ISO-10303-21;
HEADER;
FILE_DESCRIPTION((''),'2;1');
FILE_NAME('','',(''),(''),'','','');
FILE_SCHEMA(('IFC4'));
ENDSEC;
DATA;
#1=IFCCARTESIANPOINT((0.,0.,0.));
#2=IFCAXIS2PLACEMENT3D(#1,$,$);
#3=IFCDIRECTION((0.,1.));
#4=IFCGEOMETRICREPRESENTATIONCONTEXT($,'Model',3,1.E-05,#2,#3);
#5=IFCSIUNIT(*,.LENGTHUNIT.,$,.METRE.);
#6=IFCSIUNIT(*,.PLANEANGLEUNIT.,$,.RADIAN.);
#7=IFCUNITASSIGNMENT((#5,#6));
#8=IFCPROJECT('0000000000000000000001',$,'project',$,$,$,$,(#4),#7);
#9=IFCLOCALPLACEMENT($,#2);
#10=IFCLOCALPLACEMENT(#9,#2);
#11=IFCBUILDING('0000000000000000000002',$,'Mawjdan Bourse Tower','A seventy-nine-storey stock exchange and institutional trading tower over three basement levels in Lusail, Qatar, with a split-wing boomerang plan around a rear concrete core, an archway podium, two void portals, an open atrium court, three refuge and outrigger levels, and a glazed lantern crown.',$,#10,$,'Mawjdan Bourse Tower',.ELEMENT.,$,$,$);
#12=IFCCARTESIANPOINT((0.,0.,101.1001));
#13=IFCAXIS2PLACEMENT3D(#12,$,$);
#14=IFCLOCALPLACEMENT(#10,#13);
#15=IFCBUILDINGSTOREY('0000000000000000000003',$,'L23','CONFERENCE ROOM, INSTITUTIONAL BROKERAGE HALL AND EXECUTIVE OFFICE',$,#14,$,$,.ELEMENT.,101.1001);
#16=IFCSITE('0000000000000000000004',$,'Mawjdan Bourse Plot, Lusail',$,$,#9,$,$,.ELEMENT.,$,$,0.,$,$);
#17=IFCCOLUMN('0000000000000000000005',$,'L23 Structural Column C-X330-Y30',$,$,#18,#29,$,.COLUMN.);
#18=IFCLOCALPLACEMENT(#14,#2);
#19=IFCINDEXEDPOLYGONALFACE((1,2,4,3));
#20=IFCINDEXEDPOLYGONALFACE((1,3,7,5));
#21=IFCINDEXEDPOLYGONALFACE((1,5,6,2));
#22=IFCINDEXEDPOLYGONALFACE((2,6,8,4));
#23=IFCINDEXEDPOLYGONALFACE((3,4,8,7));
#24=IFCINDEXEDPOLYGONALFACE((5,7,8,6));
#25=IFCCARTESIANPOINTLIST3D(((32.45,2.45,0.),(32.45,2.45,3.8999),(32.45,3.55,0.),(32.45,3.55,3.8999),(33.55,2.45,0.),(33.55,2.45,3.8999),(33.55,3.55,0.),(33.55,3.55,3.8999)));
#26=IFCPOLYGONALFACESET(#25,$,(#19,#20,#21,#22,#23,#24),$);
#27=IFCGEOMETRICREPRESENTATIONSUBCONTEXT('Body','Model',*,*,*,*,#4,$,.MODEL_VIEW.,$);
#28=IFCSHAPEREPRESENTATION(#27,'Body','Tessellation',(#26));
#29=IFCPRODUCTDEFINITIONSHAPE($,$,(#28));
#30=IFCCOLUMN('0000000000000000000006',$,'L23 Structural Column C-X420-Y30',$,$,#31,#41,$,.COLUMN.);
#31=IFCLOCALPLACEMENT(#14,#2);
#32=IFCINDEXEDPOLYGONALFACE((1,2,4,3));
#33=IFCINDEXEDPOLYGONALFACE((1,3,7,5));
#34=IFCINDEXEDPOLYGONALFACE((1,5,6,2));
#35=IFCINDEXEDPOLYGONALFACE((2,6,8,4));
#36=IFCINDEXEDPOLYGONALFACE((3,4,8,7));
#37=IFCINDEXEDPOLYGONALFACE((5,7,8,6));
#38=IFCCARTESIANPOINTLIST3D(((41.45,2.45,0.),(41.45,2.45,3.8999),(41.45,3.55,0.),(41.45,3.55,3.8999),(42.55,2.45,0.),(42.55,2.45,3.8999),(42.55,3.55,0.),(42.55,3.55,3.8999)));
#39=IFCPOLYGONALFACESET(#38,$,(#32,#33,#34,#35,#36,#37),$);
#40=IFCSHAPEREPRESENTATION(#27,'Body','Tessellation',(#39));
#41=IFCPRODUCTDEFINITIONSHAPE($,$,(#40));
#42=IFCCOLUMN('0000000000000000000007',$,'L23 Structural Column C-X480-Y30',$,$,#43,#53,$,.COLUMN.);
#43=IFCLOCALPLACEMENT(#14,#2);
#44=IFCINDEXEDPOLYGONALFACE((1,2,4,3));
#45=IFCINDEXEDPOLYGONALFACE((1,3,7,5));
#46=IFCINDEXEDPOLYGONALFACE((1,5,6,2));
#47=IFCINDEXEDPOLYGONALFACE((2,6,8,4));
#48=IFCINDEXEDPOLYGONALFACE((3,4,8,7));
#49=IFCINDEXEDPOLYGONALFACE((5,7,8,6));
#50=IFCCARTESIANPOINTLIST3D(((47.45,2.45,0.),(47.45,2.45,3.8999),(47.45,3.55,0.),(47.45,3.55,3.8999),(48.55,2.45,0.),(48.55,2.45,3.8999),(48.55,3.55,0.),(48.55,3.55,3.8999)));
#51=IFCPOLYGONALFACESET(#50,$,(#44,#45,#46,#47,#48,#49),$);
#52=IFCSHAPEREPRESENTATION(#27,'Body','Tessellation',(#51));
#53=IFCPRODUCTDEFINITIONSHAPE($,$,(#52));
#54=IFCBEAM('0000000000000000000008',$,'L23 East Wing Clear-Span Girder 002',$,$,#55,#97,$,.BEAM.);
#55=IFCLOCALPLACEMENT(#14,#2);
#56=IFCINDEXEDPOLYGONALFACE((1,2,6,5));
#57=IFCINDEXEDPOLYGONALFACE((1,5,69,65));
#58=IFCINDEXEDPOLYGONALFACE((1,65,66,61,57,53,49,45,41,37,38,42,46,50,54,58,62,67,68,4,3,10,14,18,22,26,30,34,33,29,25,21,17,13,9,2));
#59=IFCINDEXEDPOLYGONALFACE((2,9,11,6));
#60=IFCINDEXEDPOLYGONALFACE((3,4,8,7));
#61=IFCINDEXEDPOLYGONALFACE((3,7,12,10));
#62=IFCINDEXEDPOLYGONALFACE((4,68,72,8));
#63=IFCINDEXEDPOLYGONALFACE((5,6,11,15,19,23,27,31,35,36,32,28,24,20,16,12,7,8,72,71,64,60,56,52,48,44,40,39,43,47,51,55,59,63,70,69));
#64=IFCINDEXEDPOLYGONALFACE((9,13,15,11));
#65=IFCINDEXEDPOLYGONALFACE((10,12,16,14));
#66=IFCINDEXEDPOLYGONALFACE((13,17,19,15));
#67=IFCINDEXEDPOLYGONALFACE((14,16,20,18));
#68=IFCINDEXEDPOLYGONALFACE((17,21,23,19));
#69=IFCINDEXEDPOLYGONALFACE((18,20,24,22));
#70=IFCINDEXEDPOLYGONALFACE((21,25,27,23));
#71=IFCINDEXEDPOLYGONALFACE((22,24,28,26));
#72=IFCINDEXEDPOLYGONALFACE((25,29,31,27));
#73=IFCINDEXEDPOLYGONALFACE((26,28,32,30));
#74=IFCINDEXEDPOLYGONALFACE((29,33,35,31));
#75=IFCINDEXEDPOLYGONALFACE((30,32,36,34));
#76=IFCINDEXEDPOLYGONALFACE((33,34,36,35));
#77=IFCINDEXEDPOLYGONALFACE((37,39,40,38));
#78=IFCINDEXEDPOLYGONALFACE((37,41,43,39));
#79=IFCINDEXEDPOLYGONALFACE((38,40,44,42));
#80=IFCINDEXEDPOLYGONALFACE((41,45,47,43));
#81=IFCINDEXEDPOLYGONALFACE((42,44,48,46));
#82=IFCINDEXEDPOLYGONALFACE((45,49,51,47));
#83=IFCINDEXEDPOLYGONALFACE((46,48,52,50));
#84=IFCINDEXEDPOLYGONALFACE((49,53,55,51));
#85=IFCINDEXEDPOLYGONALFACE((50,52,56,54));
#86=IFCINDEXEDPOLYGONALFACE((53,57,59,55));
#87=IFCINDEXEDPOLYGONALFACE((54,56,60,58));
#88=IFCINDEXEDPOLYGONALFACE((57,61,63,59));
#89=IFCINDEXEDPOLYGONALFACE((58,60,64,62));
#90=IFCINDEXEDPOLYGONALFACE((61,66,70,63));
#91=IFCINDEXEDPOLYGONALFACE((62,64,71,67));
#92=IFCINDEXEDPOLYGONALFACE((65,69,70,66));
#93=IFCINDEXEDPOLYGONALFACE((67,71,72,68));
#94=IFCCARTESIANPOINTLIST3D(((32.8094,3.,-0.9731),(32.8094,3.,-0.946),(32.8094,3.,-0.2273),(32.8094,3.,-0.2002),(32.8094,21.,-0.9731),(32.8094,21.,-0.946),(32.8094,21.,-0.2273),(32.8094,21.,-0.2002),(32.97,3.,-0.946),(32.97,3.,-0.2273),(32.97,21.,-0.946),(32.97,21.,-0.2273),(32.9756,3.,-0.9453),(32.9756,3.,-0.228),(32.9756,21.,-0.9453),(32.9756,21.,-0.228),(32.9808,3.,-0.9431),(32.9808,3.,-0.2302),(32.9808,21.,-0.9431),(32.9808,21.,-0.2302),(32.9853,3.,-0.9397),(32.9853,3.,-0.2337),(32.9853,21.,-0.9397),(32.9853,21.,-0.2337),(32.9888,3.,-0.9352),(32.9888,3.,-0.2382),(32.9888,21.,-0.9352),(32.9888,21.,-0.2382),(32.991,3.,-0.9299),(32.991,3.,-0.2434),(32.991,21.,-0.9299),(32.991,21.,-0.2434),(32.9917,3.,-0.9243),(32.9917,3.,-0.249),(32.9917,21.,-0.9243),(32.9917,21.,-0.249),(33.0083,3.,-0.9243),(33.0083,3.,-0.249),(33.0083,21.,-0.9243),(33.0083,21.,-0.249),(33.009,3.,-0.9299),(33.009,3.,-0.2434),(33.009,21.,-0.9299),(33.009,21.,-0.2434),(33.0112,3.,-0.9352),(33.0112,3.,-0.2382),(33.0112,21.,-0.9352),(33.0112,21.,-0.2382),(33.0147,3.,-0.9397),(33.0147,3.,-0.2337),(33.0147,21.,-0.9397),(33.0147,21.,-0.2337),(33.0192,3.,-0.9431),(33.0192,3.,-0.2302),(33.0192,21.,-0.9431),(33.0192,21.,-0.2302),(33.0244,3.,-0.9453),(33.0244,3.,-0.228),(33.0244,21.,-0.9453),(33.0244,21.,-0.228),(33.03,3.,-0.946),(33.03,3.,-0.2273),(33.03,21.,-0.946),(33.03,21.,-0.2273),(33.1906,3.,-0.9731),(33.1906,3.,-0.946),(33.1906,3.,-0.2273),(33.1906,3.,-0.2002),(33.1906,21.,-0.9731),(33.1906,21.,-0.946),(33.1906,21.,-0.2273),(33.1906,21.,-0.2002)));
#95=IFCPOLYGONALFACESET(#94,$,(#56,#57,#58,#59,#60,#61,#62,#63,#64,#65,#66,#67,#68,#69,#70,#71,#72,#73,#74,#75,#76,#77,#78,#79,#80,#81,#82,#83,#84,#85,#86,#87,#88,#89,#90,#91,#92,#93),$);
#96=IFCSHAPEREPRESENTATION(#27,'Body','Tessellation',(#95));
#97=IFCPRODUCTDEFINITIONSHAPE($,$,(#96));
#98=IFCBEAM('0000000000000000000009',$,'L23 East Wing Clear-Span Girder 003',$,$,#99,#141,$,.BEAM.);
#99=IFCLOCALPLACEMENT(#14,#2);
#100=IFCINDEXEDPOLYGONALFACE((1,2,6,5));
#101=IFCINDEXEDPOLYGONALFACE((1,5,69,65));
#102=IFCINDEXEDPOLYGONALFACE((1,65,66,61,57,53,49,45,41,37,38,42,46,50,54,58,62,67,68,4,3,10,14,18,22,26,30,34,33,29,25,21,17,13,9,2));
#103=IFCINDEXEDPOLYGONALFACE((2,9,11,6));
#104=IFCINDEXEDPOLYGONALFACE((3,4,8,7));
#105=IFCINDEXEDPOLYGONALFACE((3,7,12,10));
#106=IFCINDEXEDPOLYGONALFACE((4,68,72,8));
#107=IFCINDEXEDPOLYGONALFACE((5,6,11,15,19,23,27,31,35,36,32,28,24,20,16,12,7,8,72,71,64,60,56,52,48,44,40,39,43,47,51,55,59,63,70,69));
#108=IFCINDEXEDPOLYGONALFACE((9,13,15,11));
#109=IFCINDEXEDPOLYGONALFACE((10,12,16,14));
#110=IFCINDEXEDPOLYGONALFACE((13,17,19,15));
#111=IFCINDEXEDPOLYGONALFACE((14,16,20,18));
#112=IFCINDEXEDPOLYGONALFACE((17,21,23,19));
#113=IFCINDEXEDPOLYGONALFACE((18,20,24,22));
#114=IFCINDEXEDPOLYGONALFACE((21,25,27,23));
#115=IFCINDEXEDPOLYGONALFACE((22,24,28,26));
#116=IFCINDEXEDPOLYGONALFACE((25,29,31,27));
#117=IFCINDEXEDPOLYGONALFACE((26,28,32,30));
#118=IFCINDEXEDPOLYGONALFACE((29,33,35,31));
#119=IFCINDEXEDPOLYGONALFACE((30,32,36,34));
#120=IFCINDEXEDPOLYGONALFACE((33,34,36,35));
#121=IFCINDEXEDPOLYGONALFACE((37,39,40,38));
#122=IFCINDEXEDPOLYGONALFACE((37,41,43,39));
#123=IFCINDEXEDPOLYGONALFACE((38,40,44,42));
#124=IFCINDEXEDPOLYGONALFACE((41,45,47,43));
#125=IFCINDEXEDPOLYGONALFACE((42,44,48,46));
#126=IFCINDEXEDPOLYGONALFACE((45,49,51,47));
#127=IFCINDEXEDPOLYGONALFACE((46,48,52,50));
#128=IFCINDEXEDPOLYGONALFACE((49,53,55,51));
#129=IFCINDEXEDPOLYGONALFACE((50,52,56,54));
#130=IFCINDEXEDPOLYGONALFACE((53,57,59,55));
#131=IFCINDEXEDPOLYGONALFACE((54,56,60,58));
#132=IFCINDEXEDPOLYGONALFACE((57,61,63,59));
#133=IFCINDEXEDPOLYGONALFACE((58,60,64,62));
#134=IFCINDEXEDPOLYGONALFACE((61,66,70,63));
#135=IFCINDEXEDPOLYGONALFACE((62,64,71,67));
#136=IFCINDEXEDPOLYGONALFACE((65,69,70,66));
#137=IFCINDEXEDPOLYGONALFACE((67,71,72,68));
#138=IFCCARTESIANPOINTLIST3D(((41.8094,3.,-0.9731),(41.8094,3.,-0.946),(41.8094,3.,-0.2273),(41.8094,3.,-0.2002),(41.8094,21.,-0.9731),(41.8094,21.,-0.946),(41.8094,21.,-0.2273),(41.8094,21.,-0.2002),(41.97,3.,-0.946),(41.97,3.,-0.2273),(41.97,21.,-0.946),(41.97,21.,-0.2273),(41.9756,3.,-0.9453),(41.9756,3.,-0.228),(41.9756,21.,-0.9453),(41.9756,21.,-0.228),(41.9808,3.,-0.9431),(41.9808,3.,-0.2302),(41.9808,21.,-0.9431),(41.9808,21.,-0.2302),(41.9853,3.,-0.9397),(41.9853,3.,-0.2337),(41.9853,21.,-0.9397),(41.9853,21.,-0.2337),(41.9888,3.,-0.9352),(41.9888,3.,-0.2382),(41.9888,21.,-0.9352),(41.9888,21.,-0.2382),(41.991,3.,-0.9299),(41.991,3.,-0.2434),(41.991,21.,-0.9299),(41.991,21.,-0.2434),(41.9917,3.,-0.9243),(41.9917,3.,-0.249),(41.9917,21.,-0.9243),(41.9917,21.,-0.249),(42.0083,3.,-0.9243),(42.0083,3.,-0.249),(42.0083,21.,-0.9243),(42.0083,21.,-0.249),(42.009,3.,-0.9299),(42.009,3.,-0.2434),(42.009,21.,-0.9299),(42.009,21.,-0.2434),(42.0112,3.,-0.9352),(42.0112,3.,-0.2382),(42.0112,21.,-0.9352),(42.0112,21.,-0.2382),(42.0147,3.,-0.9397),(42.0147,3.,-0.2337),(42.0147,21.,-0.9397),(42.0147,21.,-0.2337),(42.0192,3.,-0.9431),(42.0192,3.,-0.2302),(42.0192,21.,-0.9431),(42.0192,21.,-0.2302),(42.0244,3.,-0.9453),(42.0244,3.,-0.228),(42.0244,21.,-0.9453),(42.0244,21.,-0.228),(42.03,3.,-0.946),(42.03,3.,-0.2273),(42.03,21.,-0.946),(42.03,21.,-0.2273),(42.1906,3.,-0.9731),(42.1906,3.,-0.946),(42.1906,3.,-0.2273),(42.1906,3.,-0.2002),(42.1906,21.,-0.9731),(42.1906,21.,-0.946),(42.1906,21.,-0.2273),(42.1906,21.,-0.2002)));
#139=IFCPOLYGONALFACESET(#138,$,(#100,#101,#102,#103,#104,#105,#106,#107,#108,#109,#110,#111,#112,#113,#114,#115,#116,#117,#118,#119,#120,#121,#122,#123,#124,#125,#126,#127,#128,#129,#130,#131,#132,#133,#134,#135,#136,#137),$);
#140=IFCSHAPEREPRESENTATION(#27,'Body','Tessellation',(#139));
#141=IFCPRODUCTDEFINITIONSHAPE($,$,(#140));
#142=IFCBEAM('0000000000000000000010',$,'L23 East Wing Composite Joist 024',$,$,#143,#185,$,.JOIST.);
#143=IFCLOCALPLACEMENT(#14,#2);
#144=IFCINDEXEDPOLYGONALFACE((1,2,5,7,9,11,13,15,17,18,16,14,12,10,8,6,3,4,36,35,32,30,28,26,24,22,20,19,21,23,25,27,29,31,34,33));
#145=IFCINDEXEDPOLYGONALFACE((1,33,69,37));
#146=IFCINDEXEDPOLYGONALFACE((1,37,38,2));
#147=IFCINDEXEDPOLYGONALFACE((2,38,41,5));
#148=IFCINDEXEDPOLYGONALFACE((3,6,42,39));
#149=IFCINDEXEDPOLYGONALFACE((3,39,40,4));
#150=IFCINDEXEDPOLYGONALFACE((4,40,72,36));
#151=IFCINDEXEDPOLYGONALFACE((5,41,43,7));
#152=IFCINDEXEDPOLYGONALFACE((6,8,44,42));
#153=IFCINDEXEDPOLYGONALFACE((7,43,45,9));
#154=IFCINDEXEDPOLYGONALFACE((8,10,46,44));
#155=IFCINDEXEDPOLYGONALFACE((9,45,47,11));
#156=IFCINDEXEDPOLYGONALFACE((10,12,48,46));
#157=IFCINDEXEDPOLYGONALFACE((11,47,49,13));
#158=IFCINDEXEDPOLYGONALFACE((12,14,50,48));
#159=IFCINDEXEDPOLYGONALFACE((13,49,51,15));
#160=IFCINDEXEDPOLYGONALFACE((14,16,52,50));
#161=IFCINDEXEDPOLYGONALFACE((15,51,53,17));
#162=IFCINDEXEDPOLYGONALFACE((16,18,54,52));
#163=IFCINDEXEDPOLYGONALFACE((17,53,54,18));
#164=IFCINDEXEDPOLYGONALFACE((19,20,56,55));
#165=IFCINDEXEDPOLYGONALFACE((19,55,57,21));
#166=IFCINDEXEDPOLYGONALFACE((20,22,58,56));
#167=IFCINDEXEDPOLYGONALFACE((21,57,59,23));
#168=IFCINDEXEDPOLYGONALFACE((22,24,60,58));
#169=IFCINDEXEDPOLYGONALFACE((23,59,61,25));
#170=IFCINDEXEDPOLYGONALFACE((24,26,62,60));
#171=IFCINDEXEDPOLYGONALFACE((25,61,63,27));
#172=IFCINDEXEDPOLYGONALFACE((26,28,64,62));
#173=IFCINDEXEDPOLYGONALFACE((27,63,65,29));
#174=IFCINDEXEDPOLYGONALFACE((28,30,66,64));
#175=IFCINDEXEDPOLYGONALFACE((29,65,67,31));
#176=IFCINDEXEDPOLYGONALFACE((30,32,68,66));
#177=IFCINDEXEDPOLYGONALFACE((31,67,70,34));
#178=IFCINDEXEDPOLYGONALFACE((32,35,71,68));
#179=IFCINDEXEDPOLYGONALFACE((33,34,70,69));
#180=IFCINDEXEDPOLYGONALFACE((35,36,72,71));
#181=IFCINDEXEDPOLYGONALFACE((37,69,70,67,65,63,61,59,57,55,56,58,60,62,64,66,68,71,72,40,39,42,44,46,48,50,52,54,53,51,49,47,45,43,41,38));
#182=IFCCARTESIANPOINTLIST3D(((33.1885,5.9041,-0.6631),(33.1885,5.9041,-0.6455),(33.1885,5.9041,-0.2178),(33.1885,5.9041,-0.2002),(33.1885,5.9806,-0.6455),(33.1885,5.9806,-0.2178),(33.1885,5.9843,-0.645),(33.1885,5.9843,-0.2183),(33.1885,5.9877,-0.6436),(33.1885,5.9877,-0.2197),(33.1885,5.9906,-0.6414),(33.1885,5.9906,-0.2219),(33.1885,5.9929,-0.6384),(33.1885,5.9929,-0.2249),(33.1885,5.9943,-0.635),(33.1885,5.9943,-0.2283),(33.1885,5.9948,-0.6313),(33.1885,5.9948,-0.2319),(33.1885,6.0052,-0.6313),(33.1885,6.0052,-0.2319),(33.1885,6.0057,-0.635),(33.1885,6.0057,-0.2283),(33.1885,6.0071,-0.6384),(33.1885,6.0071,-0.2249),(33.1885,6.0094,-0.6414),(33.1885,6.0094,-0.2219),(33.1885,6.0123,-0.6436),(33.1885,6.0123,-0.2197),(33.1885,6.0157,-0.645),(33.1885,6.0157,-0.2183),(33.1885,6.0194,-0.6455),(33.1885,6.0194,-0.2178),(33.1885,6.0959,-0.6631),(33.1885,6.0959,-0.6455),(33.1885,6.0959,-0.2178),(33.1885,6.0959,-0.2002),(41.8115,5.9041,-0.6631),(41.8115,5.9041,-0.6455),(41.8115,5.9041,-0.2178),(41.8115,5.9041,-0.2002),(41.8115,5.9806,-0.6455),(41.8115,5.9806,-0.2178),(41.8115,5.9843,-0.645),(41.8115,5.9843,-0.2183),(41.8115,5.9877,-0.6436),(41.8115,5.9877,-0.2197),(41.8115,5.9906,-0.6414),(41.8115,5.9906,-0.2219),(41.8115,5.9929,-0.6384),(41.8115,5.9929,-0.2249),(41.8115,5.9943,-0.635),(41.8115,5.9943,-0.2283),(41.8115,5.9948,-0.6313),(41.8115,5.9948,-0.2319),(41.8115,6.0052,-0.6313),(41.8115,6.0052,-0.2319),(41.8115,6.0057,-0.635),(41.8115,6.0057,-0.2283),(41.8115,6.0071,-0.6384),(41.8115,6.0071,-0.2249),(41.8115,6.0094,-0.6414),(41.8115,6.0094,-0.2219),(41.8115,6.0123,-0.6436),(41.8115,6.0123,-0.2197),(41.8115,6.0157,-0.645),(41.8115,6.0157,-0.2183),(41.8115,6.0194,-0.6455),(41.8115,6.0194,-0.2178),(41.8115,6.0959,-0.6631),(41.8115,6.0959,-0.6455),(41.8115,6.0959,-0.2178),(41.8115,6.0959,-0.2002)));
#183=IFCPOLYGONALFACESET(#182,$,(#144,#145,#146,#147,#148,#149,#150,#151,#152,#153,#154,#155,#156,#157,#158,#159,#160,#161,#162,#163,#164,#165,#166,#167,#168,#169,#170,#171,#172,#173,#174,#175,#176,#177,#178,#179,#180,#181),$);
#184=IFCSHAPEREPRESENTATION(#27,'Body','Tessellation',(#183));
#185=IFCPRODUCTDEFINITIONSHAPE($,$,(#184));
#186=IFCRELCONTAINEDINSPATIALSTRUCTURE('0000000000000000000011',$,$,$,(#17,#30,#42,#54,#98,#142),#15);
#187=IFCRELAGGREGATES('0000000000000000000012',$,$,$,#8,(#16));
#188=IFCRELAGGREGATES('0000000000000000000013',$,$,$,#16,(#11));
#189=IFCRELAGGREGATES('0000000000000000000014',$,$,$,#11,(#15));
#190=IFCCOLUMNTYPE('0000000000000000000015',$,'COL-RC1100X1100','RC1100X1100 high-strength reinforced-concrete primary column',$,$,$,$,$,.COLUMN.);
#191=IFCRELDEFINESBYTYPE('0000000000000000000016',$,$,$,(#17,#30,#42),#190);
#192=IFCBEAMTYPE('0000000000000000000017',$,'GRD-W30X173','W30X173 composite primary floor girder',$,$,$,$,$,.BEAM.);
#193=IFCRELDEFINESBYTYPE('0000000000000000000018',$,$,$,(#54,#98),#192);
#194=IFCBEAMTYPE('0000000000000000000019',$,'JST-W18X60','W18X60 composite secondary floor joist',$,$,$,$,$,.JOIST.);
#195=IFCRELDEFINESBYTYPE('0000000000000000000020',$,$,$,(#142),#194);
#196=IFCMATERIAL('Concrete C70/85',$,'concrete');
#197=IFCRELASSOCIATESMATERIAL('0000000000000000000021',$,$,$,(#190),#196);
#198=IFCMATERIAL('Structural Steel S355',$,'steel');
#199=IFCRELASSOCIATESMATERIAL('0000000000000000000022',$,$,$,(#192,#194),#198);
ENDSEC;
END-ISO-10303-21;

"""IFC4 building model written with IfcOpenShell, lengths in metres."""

from ifc_helpers import new_model, si_unit, direction, frame, origin, origin_2d, place, context, subcontext, project, spatial, rectangle, i_section, extrude, material, material_profile, profile_set, type_object, element, save


model = new_model("IFC4")

# Units and contexts
model_context = context("Model", 3, precision=1e-05, world=origin(), true_north=direction((0.0, 1.0)))
body_context = subcontext(model_context, "Body", "Model", "MODEL_VIEW")
ifc_project = project(units=[si_unit("LENGTHUNIT", "METRE"), si_unit("PLANEANGLEUNIT", "RADIAN")], contexts=[model_context])

# Site, building, storey
site_placement = place(None, origin())
site = spatial("IfcSite", under=ifc_project, at=site_placement, Name="Mawjdan Bourse Plot, Lusail", CompositionType="ELEMENT", RefElevation=0.0)
building_placement = place(site_placement, origin())
building = spatial("IfcBuilding", under=site, at=building_placement, Name="Mawjdan Bourse Tower", Description="A seventy-nine-storey stock exchange and institutional trading tower over three basement levels in Lusail, Qatar, with a split-wing boomerang plan around a rear concrete core, an archway podium, two void portals, an open atrium court, three refuge and outrigger levels, and a glazed lantern crown.", LongName="Mawjdan Bourse Tower", CompositionType="ELEMENT")
storey_placement = place(building_placement, frame((0.0, 0.0, 101.1001)))
storey = spatial("IfcBuildingStorey", under=building, at=storey_placement, Name="L23", Description="CONFERENCE ROOM, INSTITUTIONAL BROKERAGE HALL AND EXECUTIVE OFFICE", CompositionType="ELEMENT", Elevation=101.1001)

# Columns
ifc_material_1 = material(Name="Concrete C70/85", Category="concrete")
ifc_material_profile_1 = material_profile(ifc_material_1, rectangle(XDim=1.1001, YDim=1.1001, at=origin_2d()), Name="RC1100X1100")
ifc_profile_set_1 = profile_set([ifc_material_profile_1], Name="Concrete C70/85")
column_type = type_object("IfcColumnType", Name="COL-RC1100X1100", Description="RC1100X1100 high-strength reinforced-concrete primary column", PredefinedType="COLUMN", material=ifc_profile_set_1)
for number, where, z_axis, x_axis, name in (
    (1, (33.0, 3.0, 0.0), (0.0, 0.0, 1.0), (1.0, 0.0, 0.0), "L23 Structural Column C-X330-Y30"),
    (2, (42.0, 3.0, 0.0), (0.0, 0.0, 1.0), (1.0, 0.0, 0.0), "L23 Structural Column C-X420-Y30"),
    (3, (48.0, 3.0, 0.0), (0.0, 0.0, 1.0), (1.0, 0.0, 0.0), "L23 Structural Column C-X480-Y30"),
):
    element("IfcColumn", number, at=place(storey_placement, frame(where, z_axis=z_axis, x_axis=x_axis)), inside=storey, type_object=column_type, Name=name, PredefinedType="COLUMN", context=body_context, shape_type="SweptSolid", body=[
        extrude(rectangle(XDim=1.1001, YDim=1.1001, at=origin_2d()), origin(), (0.0, 0.0, 1.0), 3.8999),
    ])

# Beams
ifc_material_2 = material(Name="Structural Steel S355", Category="steel")
ifc_material_profile_2 = material_profile(ifc_material_2, i_section(OverallWidth=0.3811, OverallDepth=0.7729, WebThickness=0.0166, FlangeThickness=0.0271, FilletRadius=0.0217, at=origin_2d()), Name="W30X173")
ifc_profile_set_2 = profile_set([ifc_material_profile_2], Name="Structural Steel S355")
beam_type_1 = type_object("IfcBeamType", Name="GRD-W30X173", Description="W30X173 composite primary floor girder", PredefinedType="BEAM", material=ifc_profile_set_2)
for number, where, z_axis, x_axis, name in (
    (4, (33.0, 3.0, -0.5867), (0.0, 1.0, 0.0), (-1.0, 0.0, 0.0), "L23 East Wing Clear-Span Girder 002"),
    (5, (42.0, 3.0, -0.5867), (0.0, 1.0, 0.0), (-1.0, 0.0, 0.0), "L23 East Wing Clear-Span Girder 003"),
):
    element("IfcBeam", number, at=place(storey_placement, frame(where, z_axis=z_axis, x_axis=x_axis)), inside=storey, type_object=beam_type_1, Name=name, PredefinedType="BEAM", context=body_context, shape_type="SweptSolid", body=[
        extrude(i_section(OverallWidth=0.3811, OverallDepth=0.7729, WebThickness=0.0166, FlangeThickness=0.0271, FilletRadius=0.0217, at=origin_2d()), origin(), (0.0, 0.0, 1.0), 18.0),
    ])
ifc_material_profile_3 = material_profile(ifc_material_2, i_section(OverallWidth=0.1919, OverallDepth=0.4629, WebThickness=0.0105, FlangeThickness=0.0176, FilletRadius=0.0142, at=origin_2d()), Name="W18X60")
ifc_profile_set_3 = profile_set([ifc_material_profile_3], Name="Structural Steel S355")
beam_type_2 = type_object("IfcBeamType", Name="JST-W18X60", Description="W18X60 composite secondary floor joist", PredefinedType="JOIST", material=ifc_profile_set_3)
beam_1_placement = place(storey_placement, frame((33.1885, 6.0, -0.4316), z_axis=(1.0, 0.0, 0.0), x_axis=(0.0, 1.0, 0.0)))
element("IfcBeam", 6, at=beam_1_placement, inside=storey, type_object=beam_type_2, Name="L23 East Wing Composite Joist 024", PredefinedType="JOIST", context=body_context, shape_type="SweptSolid", body=[
    extrude(i_section(OverallWidth=0.1919, OverallDepth=0.4629, WebThickness=0.0105, FlangeThickness=0.0176, FilletRadius=0.0142, at=origin_2d()), origin(), (0.0, 0.0, 1.0), 8.623),
])

save(model, "model.ifc")
